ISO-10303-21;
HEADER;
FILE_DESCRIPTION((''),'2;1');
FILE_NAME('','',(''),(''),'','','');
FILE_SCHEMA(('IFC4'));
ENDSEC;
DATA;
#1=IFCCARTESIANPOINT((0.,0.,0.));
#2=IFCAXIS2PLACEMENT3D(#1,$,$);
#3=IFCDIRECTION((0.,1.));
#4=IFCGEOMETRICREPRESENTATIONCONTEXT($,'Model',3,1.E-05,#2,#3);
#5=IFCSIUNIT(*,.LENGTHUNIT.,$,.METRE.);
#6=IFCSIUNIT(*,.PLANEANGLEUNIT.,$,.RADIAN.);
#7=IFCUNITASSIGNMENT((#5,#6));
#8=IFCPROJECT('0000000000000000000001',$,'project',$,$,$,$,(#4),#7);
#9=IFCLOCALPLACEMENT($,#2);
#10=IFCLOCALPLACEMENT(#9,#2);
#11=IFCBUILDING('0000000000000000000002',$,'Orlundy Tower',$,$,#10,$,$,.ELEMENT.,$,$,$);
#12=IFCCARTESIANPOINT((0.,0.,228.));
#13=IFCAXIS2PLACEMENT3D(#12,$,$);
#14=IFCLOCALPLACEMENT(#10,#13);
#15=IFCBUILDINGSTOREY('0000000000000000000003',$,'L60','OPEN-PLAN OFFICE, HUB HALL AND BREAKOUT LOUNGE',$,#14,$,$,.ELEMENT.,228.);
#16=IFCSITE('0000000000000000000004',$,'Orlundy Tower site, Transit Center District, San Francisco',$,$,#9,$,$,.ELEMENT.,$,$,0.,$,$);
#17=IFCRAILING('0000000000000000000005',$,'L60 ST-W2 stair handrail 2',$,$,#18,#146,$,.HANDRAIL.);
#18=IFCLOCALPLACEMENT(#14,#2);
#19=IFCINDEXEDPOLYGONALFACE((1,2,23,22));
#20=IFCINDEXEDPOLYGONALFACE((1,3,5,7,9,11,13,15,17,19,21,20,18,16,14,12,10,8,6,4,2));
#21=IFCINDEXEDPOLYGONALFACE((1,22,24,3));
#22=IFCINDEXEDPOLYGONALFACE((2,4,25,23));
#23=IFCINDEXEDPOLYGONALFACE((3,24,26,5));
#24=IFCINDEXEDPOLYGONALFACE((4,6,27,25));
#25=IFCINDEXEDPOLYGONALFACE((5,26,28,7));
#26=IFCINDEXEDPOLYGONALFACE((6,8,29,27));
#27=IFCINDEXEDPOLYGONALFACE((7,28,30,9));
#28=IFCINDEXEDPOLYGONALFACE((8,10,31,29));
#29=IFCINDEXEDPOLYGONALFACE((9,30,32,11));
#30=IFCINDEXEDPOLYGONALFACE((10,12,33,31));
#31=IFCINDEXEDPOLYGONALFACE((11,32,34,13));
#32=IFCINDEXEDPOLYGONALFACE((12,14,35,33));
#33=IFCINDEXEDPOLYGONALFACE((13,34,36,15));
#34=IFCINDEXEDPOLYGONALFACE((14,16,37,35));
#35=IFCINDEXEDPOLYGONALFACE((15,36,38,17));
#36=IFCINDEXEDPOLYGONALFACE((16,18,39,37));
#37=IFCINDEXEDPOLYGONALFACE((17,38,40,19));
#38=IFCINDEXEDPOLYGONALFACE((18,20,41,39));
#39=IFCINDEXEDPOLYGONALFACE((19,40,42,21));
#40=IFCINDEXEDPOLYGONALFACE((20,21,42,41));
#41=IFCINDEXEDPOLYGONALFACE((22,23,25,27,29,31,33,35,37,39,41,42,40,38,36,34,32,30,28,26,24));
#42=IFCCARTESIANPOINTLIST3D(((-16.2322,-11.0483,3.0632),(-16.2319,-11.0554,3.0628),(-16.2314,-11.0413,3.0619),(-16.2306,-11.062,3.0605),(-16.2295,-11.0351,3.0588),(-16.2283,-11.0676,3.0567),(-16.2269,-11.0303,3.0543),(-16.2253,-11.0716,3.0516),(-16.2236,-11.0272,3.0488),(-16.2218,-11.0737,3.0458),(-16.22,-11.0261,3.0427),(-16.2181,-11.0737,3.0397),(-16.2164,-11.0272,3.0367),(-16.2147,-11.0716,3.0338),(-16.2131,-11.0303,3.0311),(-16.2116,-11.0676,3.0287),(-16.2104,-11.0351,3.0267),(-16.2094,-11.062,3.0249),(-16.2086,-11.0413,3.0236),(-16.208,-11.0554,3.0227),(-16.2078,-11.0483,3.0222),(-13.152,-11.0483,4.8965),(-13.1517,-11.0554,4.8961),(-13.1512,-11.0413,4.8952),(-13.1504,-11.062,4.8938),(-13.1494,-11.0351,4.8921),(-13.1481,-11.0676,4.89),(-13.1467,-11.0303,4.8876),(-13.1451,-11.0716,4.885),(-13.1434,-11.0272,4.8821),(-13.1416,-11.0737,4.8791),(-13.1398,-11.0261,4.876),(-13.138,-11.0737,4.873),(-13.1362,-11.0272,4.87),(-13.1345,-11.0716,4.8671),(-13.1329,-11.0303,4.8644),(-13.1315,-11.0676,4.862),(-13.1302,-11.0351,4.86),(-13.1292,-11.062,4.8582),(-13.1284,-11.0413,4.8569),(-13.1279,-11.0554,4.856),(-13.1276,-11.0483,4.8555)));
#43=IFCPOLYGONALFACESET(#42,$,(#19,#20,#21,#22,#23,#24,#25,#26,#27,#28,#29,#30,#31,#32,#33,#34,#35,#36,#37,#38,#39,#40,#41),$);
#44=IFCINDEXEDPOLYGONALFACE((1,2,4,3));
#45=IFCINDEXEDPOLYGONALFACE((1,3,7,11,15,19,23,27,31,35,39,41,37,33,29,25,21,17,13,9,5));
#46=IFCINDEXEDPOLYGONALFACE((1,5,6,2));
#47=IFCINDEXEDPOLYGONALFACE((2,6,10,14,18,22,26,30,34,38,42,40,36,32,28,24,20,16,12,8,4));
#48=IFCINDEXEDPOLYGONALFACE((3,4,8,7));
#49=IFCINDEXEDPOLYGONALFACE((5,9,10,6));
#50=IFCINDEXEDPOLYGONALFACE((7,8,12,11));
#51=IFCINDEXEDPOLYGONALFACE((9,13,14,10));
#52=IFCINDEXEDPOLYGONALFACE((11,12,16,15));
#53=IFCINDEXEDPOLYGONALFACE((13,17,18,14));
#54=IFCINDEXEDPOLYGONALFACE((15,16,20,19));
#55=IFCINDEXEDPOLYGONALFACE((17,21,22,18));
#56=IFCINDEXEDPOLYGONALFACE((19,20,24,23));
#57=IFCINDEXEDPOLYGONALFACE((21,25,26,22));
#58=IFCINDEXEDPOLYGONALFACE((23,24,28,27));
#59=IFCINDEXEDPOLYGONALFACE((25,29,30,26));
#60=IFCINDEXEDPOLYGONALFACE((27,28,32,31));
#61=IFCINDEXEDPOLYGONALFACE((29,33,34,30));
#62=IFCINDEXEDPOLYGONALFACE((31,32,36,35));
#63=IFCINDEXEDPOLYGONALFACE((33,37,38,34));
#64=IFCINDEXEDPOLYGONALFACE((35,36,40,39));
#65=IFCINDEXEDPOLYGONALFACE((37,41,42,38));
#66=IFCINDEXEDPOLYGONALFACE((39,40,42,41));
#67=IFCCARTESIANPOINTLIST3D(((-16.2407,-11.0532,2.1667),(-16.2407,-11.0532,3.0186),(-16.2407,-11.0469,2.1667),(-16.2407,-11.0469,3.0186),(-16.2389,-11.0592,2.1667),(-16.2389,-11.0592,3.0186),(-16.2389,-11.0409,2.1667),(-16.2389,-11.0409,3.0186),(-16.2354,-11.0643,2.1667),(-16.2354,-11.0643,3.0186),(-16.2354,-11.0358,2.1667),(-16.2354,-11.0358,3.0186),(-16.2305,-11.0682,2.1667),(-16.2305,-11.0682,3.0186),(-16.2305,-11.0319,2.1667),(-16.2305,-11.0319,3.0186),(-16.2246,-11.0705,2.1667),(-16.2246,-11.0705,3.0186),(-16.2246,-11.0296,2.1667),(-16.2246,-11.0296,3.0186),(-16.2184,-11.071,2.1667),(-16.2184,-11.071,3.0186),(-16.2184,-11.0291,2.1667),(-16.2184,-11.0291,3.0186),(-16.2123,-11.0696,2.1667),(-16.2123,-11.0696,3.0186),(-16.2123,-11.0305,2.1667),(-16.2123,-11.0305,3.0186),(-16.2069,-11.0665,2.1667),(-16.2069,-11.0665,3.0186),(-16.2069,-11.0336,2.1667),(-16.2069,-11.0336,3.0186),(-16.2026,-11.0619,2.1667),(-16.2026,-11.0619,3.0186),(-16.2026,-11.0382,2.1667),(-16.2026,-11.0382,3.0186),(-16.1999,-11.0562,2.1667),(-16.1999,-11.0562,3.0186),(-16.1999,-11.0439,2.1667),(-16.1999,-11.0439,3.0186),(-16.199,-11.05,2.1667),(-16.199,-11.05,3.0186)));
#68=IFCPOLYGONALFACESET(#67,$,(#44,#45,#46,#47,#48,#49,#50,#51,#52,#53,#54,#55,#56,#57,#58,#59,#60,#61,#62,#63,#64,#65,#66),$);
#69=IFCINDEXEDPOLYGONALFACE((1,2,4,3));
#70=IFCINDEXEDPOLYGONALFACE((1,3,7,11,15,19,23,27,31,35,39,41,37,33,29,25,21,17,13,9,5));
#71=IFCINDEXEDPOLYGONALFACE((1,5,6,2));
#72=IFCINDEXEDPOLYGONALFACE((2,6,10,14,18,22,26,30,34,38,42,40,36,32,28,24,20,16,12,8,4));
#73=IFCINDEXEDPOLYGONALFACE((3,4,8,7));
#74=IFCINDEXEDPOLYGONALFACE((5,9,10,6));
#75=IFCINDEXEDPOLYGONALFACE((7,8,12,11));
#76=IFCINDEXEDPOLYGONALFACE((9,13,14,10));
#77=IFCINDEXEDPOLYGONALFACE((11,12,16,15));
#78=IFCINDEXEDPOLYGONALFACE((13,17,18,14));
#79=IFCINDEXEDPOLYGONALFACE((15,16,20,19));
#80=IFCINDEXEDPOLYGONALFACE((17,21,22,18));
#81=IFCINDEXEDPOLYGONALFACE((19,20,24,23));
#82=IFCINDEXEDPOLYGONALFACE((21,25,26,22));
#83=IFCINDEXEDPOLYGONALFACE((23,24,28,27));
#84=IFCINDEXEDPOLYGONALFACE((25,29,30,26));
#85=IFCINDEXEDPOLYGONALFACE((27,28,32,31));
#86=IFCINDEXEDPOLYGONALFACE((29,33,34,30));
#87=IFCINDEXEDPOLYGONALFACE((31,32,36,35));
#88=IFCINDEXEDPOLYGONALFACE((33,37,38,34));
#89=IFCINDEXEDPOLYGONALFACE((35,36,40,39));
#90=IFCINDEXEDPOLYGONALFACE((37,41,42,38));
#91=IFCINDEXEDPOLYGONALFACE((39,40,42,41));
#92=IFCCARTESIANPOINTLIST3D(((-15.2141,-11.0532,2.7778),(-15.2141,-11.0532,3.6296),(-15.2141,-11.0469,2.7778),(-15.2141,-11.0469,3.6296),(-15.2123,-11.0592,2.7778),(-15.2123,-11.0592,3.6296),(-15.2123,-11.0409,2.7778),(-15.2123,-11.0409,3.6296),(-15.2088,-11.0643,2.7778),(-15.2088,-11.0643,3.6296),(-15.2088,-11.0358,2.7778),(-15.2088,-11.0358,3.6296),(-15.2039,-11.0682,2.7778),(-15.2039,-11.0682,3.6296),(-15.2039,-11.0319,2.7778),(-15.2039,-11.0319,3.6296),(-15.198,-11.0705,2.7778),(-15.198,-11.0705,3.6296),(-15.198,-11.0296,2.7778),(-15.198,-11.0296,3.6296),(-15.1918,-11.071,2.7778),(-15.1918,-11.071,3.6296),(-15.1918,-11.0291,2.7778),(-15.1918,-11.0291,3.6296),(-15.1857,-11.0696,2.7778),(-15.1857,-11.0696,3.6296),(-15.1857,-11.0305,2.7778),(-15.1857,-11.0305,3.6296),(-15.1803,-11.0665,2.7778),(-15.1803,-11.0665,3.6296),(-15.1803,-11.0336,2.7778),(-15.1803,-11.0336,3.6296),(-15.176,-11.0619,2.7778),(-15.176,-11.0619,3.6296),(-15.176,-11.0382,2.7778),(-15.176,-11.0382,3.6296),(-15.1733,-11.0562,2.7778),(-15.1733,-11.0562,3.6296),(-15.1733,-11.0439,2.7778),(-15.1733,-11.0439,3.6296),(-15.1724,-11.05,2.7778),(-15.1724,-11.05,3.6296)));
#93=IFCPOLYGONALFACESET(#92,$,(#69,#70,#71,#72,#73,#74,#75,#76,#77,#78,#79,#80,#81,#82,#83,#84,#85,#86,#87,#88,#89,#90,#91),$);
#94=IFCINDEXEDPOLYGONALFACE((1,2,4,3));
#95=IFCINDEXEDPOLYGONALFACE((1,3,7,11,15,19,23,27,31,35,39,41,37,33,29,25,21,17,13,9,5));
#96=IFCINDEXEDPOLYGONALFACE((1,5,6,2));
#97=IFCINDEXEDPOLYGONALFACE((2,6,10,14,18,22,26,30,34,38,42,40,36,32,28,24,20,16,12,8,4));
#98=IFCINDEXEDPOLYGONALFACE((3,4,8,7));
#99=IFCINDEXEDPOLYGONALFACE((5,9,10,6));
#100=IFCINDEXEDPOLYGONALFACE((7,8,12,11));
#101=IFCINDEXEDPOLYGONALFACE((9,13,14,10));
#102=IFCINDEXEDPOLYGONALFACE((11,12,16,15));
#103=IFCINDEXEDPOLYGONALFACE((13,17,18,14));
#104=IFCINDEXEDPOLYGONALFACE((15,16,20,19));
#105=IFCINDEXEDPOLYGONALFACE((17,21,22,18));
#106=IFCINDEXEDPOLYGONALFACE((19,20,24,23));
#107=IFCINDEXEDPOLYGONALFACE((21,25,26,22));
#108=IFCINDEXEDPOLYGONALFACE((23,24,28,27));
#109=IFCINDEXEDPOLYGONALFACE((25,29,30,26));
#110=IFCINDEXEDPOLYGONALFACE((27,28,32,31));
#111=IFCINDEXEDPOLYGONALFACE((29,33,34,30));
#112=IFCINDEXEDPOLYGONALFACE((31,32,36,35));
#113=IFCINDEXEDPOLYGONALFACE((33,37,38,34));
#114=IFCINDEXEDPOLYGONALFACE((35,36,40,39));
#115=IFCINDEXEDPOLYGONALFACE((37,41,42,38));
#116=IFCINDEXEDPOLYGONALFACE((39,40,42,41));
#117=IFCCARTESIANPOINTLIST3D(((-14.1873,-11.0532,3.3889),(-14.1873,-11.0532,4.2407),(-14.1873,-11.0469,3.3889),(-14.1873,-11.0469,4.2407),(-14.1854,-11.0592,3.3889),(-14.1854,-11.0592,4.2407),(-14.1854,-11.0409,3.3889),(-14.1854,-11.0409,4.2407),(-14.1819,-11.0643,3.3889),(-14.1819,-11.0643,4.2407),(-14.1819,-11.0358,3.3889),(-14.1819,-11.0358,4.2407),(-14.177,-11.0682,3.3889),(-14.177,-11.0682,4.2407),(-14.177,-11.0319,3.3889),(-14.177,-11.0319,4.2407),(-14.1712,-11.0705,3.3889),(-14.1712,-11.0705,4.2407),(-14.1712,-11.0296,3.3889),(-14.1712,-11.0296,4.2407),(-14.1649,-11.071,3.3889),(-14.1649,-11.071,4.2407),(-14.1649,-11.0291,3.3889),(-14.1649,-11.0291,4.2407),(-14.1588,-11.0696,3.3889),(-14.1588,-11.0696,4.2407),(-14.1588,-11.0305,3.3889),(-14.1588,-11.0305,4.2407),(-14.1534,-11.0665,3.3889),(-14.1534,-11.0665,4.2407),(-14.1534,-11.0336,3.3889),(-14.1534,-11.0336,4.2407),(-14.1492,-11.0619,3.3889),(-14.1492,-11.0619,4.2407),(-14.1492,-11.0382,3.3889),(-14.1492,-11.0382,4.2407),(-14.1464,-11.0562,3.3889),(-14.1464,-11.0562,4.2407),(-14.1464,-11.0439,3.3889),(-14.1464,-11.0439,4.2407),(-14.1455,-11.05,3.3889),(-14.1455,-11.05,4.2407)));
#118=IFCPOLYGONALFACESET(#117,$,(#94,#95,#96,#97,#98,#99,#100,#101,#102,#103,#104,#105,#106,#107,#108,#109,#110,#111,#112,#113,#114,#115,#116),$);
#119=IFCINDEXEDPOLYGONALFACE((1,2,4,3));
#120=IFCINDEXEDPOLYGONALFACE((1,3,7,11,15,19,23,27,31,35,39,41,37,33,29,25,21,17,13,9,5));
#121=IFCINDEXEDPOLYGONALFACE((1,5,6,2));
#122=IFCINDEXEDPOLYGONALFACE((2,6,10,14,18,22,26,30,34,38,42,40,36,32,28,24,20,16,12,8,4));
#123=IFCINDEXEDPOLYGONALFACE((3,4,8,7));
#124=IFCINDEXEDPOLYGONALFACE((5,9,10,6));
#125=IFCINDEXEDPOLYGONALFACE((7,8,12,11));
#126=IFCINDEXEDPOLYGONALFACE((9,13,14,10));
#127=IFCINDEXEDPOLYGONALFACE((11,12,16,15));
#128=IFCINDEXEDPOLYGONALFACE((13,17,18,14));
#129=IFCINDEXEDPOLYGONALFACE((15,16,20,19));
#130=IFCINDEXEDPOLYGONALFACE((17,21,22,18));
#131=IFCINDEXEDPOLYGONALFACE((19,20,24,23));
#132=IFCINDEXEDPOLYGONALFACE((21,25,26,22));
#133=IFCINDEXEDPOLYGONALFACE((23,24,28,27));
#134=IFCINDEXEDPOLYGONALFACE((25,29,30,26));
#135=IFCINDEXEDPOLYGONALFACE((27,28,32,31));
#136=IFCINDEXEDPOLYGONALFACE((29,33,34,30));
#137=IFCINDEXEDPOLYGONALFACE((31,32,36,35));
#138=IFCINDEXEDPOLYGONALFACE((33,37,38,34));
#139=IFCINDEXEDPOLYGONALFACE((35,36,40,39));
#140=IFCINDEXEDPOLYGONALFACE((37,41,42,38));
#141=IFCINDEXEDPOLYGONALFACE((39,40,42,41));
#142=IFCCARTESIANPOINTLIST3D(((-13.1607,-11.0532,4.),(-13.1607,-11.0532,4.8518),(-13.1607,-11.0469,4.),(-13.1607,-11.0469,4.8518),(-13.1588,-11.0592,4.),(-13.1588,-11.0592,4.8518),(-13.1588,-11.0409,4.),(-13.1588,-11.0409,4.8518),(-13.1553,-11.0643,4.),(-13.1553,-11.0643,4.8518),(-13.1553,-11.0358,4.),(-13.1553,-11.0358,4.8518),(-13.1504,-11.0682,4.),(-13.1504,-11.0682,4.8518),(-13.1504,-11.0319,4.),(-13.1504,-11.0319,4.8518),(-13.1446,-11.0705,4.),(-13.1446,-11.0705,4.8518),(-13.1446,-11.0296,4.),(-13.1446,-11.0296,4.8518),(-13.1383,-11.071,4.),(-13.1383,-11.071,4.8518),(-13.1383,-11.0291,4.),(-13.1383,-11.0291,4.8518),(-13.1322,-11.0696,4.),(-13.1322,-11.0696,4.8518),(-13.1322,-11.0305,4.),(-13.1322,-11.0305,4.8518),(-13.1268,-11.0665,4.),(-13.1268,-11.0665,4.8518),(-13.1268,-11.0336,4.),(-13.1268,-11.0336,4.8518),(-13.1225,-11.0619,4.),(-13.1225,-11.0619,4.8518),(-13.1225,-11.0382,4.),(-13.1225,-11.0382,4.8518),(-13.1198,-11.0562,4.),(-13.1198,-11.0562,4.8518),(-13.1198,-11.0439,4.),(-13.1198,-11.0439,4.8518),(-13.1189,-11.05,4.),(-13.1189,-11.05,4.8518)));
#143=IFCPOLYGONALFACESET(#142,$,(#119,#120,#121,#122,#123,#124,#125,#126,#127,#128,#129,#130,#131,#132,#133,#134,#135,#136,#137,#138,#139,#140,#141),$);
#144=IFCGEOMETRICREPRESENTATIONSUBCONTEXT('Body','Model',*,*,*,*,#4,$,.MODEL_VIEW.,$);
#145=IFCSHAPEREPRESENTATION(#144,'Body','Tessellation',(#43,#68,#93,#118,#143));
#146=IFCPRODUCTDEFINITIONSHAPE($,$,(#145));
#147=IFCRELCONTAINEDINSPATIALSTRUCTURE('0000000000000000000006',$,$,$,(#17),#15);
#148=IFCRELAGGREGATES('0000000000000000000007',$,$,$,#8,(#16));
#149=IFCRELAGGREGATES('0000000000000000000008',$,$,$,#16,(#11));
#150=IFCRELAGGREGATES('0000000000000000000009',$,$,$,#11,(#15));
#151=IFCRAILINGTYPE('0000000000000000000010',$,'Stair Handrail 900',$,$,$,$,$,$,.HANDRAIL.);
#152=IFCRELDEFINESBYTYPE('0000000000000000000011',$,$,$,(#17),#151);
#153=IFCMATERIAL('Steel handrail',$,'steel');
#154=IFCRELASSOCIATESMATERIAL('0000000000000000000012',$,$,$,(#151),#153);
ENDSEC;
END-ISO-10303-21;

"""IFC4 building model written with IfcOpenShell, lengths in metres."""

from ifc_helpers import new_model, si_unit, direction, frame, origin, origin_2d, place, context, subcontext, project, spatial, circle, extrude, material, type_object, element, save


model = new_model("IFC4")

# Units and contexts
model_context = context("Model", 3, precision=1e-05, world=origin(), true_north=direction((0.0, 1.0)))
body_context = subcontext(model_context, "Body", "Model", "MODEL_VIEW")
ifc_project = project(units=[si_unit("LENGTHUNIT", "METRE"), si_unit("PLANEANGLEUNIT", "RADIAN")], contexts=[model_context])

# Site, building, storey
site_placement = place(None, origin())
site = spatial("IfcSite", under=ifc_project, at=site_placement, Name="Orlundy Tower site, Transit Center District, San Francisco", CompositionType="ELEMENT", RefElevation=0.0)
building_placement = place(site_placement, origin())
building = spatial("IfcBuilding", under=site, at=building_placement, Name="Orlundy Tower", CompositionType="ELEMENT")
storey_placement = place(building_placement, frame((0.0, 0.0, 228.0)))
storey = spatial("IfcBuildingStorey", under=building, at=storey_placement, Name="L60", Description="OPEN-PLAN OFFICE, HUB HALL AND BREAKOUT LOUNGE", CompositionType="ELEMENT", Elevation=228.0)

# Railing
ifc_material_1 = material(Name="Steel handrail", Category="steel")
railing_type_1 = type_object("IfcRailingType", Name="Stair Handrail 900", PredefinedType="HANDRAIL", material=ifc_material_1)
railing_1_placement = place(storey_placement, frame((-16.22, -11.05, 2.1667)))
element("IfcRailing", 1, at=railing_1_placement, inside=storey, type_object=railing_type_1, Name="L60 ST-W2 stair handrail 2", PredefinedType="HANDRAIL", context=body_context, shape_type="SweptSolid", body=[
    extrude(circle(Radius=0.0239, at=origin_2d()), frame((0.0, 0.0, 0.876), z_axis=(0.859309, 0.0, 0.511458), x_axis=(0.0, 1.0, 0.0)), (0.0, 0.0, 1.0), 3.5845),
    extrude(circle(Radius=0.021, at=origin_2d()), origin(), (0.0, 0.0, 1.0), 0.8518),
    extrude(circle(Radius=0.021, at=origin_2d()), frame((1.0266, 0.0, 0.6111)), (0.0, 0.0, 1.0), 0.8518),
    extrude(circle(Radius=0.021, at=origin_2d()), frame((2.0535, 0.0, 1.2222)), (0.0, 0.0, 1.0), 0.8518),
    extrude(circle(Radius=0.021, at=origin_2d()), frame((3.0801, 0.0, 1.8333)), (0.0, 0.0, 1.0), 0.8518),
])

save(model, "model.ifc")
